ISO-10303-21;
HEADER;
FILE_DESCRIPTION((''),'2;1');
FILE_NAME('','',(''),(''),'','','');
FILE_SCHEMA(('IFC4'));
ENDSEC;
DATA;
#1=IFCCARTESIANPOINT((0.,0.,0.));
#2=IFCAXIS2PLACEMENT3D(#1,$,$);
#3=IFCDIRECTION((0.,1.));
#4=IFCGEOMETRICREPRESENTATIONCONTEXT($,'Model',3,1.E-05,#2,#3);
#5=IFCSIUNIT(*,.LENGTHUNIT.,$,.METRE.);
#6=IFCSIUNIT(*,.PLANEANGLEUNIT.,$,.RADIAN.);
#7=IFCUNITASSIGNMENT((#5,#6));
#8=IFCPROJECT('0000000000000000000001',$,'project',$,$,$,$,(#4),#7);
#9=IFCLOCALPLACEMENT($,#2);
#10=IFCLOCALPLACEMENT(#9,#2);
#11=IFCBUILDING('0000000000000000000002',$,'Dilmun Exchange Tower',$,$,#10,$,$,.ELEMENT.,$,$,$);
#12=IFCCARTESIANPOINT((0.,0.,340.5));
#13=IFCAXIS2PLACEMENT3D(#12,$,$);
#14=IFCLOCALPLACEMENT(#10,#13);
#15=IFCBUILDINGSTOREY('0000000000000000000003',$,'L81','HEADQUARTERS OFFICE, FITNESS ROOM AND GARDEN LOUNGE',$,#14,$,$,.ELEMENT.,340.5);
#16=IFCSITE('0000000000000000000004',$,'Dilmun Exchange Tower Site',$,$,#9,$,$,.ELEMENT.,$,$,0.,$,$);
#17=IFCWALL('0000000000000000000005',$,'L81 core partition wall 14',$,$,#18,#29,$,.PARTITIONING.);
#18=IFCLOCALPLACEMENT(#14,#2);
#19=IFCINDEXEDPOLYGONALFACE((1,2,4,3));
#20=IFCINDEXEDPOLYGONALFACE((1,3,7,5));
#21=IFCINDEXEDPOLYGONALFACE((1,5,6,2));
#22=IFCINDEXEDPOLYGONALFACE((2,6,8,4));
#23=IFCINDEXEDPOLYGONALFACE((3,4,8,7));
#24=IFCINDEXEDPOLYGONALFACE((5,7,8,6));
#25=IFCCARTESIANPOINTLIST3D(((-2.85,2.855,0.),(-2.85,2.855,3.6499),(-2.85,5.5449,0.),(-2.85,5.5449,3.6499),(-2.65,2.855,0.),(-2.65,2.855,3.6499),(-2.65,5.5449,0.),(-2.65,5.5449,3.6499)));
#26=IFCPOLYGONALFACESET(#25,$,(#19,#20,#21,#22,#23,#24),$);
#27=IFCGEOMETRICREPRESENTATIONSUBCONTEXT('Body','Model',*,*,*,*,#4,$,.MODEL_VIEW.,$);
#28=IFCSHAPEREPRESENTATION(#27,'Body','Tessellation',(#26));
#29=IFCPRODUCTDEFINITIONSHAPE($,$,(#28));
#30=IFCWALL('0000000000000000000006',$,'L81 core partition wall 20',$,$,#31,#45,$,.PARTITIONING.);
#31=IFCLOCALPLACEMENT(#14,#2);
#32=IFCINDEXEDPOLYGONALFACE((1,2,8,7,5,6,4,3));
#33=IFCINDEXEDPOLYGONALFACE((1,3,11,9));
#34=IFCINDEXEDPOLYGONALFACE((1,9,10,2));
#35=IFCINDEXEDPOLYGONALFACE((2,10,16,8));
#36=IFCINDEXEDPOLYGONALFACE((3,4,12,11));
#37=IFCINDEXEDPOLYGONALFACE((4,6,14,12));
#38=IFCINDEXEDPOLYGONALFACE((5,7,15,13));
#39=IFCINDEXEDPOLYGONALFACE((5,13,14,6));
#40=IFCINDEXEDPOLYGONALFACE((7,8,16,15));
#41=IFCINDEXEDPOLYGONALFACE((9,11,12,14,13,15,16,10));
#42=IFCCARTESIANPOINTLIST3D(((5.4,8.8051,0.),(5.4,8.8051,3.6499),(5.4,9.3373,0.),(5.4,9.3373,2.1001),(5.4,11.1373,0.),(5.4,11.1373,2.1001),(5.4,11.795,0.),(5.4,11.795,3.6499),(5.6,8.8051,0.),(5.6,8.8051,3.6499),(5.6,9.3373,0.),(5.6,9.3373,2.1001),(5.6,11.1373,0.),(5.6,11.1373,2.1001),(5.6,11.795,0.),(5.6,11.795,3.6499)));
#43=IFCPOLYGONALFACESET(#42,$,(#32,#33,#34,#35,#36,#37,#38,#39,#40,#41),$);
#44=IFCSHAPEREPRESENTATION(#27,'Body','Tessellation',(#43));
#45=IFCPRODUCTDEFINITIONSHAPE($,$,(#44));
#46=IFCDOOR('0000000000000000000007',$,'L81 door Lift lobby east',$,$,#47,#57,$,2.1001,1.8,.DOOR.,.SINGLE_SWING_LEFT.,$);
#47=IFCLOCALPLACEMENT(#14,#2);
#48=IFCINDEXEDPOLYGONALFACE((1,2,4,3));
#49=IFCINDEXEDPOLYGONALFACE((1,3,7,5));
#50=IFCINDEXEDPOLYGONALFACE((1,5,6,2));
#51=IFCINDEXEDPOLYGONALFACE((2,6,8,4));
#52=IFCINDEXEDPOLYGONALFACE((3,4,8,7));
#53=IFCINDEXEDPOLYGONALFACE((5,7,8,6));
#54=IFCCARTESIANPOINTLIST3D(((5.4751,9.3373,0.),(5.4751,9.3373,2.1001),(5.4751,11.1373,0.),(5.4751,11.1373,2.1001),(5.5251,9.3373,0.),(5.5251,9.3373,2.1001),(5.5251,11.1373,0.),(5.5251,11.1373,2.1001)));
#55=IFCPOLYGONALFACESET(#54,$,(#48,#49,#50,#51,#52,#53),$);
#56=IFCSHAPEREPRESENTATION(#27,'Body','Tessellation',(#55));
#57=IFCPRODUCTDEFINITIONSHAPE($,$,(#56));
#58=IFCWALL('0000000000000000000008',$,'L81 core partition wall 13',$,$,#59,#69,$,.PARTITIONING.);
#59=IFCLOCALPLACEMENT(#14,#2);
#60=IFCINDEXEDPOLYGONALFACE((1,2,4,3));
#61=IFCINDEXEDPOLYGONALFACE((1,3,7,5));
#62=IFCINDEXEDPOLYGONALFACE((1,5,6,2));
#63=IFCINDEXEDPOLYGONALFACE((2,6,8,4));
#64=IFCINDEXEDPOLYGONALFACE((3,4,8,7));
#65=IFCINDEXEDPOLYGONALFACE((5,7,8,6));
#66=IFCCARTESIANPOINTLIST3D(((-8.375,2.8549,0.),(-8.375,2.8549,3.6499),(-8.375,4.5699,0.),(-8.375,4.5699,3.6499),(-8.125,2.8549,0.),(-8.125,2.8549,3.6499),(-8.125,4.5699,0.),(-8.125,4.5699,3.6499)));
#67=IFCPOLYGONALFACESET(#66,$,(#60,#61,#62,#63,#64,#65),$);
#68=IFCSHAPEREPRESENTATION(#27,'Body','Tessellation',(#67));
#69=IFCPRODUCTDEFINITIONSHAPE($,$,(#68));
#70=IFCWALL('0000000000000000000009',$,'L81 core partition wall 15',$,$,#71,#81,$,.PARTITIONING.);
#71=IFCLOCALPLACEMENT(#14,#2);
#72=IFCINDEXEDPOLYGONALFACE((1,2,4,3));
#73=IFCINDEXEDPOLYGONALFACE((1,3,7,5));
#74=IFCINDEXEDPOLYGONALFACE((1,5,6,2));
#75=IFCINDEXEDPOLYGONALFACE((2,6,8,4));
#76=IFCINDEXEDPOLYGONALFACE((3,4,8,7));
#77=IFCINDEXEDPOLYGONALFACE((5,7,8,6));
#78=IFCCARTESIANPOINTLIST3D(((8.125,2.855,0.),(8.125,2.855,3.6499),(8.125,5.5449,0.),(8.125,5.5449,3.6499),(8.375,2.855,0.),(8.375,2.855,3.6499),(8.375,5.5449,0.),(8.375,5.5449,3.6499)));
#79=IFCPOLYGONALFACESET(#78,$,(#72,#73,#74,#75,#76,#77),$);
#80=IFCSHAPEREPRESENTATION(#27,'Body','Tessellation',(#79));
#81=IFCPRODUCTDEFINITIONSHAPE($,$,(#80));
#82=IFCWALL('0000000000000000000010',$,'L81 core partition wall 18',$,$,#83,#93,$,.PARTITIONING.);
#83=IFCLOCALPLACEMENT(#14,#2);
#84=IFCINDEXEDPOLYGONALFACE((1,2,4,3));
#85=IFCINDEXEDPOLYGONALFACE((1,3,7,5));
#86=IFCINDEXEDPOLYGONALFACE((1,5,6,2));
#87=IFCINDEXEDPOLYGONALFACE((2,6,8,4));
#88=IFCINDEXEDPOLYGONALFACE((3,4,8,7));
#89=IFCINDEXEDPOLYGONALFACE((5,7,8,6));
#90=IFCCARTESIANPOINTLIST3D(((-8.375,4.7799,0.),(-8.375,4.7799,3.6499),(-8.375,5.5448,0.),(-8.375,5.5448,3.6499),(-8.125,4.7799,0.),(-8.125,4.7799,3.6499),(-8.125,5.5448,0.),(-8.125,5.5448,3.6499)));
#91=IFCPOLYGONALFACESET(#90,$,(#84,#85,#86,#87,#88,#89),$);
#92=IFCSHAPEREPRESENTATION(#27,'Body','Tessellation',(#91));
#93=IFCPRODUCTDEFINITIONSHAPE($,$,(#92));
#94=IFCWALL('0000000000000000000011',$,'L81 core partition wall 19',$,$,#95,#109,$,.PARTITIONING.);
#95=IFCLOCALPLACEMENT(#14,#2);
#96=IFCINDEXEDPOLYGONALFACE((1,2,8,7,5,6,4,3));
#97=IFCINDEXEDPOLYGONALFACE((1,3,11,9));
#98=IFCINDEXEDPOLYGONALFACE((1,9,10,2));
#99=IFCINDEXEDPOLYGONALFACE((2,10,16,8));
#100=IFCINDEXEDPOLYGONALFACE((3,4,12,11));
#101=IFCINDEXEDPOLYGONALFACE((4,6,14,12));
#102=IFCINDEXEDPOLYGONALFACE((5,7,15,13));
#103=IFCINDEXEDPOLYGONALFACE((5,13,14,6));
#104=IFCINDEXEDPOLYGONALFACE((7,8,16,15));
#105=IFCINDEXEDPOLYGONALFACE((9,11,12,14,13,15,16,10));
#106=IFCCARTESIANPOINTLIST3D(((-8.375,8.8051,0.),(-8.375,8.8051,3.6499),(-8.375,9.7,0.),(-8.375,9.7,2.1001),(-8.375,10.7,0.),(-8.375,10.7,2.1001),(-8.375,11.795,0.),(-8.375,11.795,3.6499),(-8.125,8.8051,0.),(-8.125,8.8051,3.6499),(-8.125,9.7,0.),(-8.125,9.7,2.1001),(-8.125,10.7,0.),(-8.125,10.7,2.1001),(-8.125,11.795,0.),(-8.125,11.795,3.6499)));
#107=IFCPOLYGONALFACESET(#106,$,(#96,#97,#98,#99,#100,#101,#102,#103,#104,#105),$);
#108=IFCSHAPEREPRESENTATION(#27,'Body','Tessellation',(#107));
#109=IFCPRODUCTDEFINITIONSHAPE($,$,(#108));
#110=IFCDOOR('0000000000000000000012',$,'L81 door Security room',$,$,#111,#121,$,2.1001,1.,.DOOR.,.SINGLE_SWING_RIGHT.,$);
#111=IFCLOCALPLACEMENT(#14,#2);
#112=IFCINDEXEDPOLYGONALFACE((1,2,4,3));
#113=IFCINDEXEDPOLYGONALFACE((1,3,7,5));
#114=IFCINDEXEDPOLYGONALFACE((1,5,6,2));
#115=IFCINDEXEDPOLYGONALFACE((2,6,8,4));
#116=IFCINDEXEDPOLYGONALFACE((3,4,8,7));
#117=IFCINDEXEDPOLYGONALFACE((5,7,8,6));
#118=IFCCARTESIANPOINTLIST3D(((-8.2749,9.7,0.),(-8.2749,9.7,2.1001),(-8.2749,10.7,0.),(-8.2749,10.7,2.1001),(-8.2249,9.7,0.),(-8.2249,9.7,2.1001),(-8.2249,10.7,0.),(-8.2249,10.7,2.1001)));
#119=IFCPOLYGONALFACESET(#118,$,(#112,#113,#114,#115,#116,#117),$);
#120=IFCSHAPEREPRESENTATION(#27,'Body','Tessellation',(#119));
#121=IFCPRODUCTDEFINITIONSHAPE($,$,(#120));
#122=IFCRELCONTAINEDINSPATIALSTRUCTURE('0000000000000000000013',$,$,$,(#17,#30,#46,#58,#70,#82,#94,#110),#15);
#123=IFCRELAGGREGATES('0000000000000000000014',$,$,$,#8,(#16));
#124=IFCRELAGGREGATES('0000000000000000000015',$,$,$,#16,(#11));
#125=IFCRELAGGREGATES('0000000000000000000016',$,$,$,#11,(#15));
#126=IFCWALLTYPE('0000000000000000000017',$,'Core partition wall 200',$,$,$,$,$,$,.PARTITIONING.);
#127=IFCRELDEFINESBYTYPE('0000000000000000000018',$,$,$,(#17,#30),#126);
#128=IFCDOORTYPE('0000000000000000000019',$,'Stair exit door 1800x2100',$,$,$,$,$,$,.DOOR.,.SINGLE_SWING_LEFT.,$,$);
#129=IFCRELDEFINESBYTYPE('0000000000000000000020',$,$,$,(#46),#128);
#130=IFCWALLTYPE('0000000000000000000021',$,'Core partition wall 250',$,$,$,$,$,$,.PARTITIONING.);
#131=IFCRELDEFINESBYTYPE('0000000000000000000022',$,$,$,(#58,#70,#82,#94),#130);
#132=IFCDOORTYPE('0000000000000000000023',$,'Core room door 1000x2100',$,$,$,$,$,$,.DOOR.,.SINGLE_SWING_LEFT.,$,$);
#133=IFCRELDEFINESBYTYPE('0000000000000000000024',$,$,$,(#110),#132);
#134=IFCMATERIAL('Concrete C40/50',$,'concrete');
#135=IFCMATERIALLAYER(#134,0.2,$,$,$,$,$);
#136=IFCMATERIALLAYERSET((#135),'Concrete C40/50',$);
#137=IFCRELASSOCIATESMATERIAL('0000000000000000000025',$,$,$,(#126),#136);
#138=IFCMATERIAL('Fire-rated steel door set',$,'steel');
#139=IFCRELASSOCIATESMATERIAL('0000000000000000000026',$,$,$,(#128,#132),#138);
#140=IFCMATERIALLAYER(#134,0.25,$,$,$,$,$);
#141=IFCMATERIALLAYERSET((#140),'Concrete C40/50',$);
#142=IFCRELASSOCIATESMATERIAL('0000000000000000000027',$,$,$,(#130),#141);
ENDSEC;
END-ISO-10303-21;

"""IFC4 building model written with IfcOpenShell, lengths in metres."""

from ifc_helpers import new_model, si_unit, direction, frame, frame_2d, origin, place, context, subcontext, project, spatial, rectangle, extrude, material, layer, layer_set, type_object, element, fill, save


model = new_model("IFC4")

# Units and contexts
model_context = context("Model", 3, precision=1e-05, world=origin(), true_north=direction((0.0, 1.0)))
body_context = subcontext(model_context, "Body", "Model", "MODEL_VIEW")
ifc_project = project(units=[si_unit("LENGTHUNIT", "METRE"), si_unit("PLANEANGLEUNIT", "RADIAN")], contexts=[model_context])

# Site, building, storey
site_placement = place(None, origin())
site = spatial("IfcSite", under=ifc_project, at=site_placement, Name="Dilmun Exchange Tower Site", CompositionType="ELEMENT", RefElevation=0.0)
building_placement = place(site_placement, origin())
building = spatial("IfcBuilding", under=site, at=building_placement, Name="Dilmun Exchange Tower", CompositionType="ELEMENT")
storey_placement = place(building_placement, frame((0.0, 0.0, 340.5)))
storey = spatial("IfcBuildingStorey", under=building, at=storey_placement, Name="L81", Description="HEADQUARTERS OFFICE, FITNESS ROOM AND GARDEN LOUNGE", CompositionType="ELEMENT", Elevation=340.5)

# Wall
ifc_material_1 = material(Name="Concrete C40/50", Category="concrete")
ifc_layer_1 = layer(ifc_material_1, 0.2)
ifc_layer_set_1 = layer_set([ifc_layer_1], Name="Concrete C40/50")
wall_type_1 = type_object("IfcWallType", Name="Core partition wall 200", PredefinedType="PARTITIONING", material=ifc_layer_set_1)
wall_1_placement = place(storey_placement, frame((-2.75, 2.855, 0.0), z_axis=(0.0, 0.0, 1.0), x_axis=(0.0, 1.0, 0.0)))
element("IfcWall", 1, at=wall_1_placement, inside=storey, type_object=wall_type_1, Name="L81 core partition wall 14", PredefinedType="PARTITIONING", context=body_context, shape_type="SweptSolid", body=[
    extrude(rectangle(XDim=2.6899, YDim=0.2, at=frame_2d((1.345, 0.0))), origin(), (0.0, 0.0, 1.0), 3.6499),
])

# Wall, opening, door
wall_2_placement = place(storey_placement, frame((5.5, 8.8049, 0.0), z_axis=(0.0, 0.0, 1.0), x_axis=(0.0, 1.0, 0.0)))
wall_2 = element("IfcWall", 2, at=wall_2_placement, inside=storey, type_object=wall_type_1, Name="L81 core partition wall 20", PredefinedType="PARTITIONING", context=body_context, shape_type="SweptSolid", body=[
    extrude(rectangle(XDim=2.99, YDim=0.2, at=frame_2d((1.4951, 0.0))), origin(), (0.0, 0.0, 1.0), 3.6499),
])
opening_1_placement = place(wall_2_placement, frame((0.5325, 0.0, 0.0)))
opening_1 = element("IfcOpeningElement", 3, at=opening_1_placement, cuts=wall_2, PredefinedType="OPENING", context=body_context, shape_type="SweptSolid", body=[
    extrude(rectangle(XDim=1.8, YDim=2.1001, at=frame_2d((0.8999, 1.05))), frame((0.0, 0.1099, 0.0), z_axis=(0.0, -1.0, 0.0), x_axis=(1.0, 0.0, 0.0)), (0.0, 0.0, 1.0), 0.22),
])
ifc_material_2 = material(Name="Fire-rated steel door set", Category="steel")
door_type_1 = type_object("IfcDoorType", Name="Stair exit door 1800x2100", OperationType="SINGLE_SWING_LEFT", PredefinedType="DOOR", material=ifc_material_2)
door_1_placement = place(opening_1_placement, origin())
door_1 = element("IfcDoor", 4, at=door_1_placement, inside=storey, type_object=door_type_1, Name="L81 door Lift lobby east", OperationType="SINGLE_SWING_LEFT", OverallHeight=2.1001, OverallWidth=1.8, PredefinedType="DOOR", context=body_context, shape_type="SweptSolid", body=[
    extrude(rectangle(XDim=1.8, YDim=2.1001, at=frame_2d((0.8999, 1.05))), frame((0.0, 0.0249, 0.0), z_axis=(0.0, -1.0, 0.0), x_axis=(1.0, 0.0, 0.0)), (0.0, 0.0, 1.0), 0.05),
])
fill(opening_1, door_1)

# Walls
ifc_layer_2 = layer(ifc_material_1, 0.25)
ifc_layer_set_2 = layer_set([ifc_layer_2], Name="Concrete C40/50")
wall_type_2 = type_object("IfcWallType", Name="Core partition wall 250", PredefinedType="PARTITIONING", material=ifc_layer_set_2)
wall_3_placement = place(storey_placement, frame((-8.25, 2.855, 0.0), z_axis=(0.0, 0.0, 1.0), x_axis=(0.0, 1.0, 0.0)))
element("IfcWall", 5, at=wall_3_placement, inside=storey, type_object=wall_type_2, Name="L81 core partition wall 13", PredefinedType="PARTITIONING", context=body_context, shape_type="SweptSolid", body=[
    extrude(rectangle(XDim=1.7151, YDim=0.25, at=frame_2d((0.8574, 0.0))), origin(), (0.0, 0.0, 1.0), 3.6499),
])
wall_4_placement = place(storey_placement, frame((8.25, 2.855, 0.0), z_axis=(0.0, 0.0, 1.0), x_axis=(0.0, 1.0, 0.0)))
element("IfcWall", 6, at=wall_4_placement, inside=storey, type_object=wall_type_2, Name="L81 core partition wall 15", PredefinedType="PARTITIONING", context=body_context, shape_type="SweptSolid", body=[
    extrude(rectangle(XDim=2.6899, YDim=0.25, at=frame_2d((1.345, 0.0))), origin(), (0.0, 0.0, 1.0), 3.6499),
])
wall_5_placement = place(storey_placement, frame((-8.25, 4.78, 0.0), z_axis=(0.0, 0.0, 1.0), x_axis=(0.0, 1.0, 0.0)))
element("IfcWall", 7, at=wall_5_placement, inside=storey, type_object=wall_type_2, Name="L81 core partition wall 18", PredefinedType="PARTITIONING", context=body_context, shape_type="SweptSolid", body=[
    extrude(rectangle(XDim=0.7649, YDim=0.25, at=frame_2d((0.3823, 0.0))), origin(), (0.0, 0.0, 1.0), 3.6499),
])

# Wall, opening, door
wall_6_placement = place(storey_placement, frame((-8.25, 8.8049, 0.0), z_axis=(0.0, 0.0, 1.0), x_axis=(0.0, 1.0, 0.0)))
wall_6 = element("IfcWall", 8, at=wall_6_placement, inside=storey, type_object=wall_type_2, Name="L81 core partition wall 19", PredefinedType="PARTITIONING", context=body_context, shape_type="SweptSolid", body=[
    extrude(rectangle(XDim=2.99, YDim=0.25, at=frame_2d((1.4951, 0.0))), origin(), (0.0, 0.0, 1.0), 3.6499),
])
opening_2_placement = place(wall_6_placement, frame((0.895, 0.0, 0.0)))
opening_2 = element("IfcOpeningElement", 9, at=opening_2_placement, cuts=wall_6, PredefinedType="OPENING", context=body_context, shape_type="SweptSolid", body=[
    extrude(rectangle(XDim=1.0, YDim=2.1001, at=frame_2d((0.5, 1.05))), frame((0.0, 0.135, 0.0), z_axis=(0.0, -1.0, 0.0), x_axis=(1.0, 0.0, 0.0)), (0.0, 0.0, 1.0), 0.27),
])
door_type_2 = type_object("IfcDoorType", Name="Core room door 1000x2100", OperationType="SINGLE_SWING_LEFT", PredefinedType="DOOR", material=ifc_material_2)
door_2_placement = place(opening_2_placement, origin())
door_2 = element("IfcDoor", 10, at=door_2_placement, inside=storey, type_object=door_type_2, Name="L81 door Security room", OperationType="SINGLE_SWING_RIGHT", OverallHeight=2.1001, OverallWidth=1.0, PredefinedType="DOOR", context=body_context, shape_type="SweptSolid", body=[
    extrude(rectangle(XDim=1.0, YDim=2.1001, at=frame_2d((0.5, 1.05))), frame((0.0, 0.0249, 0.0), z_axis=(0.0, -1.0, 0.0), x_axis=(1.0, 0.0, 0.0)), (0.0, 0.0, 1.0), 0.05),
])
fill(opening_2, door_2)

save(model, "model.ifc")
